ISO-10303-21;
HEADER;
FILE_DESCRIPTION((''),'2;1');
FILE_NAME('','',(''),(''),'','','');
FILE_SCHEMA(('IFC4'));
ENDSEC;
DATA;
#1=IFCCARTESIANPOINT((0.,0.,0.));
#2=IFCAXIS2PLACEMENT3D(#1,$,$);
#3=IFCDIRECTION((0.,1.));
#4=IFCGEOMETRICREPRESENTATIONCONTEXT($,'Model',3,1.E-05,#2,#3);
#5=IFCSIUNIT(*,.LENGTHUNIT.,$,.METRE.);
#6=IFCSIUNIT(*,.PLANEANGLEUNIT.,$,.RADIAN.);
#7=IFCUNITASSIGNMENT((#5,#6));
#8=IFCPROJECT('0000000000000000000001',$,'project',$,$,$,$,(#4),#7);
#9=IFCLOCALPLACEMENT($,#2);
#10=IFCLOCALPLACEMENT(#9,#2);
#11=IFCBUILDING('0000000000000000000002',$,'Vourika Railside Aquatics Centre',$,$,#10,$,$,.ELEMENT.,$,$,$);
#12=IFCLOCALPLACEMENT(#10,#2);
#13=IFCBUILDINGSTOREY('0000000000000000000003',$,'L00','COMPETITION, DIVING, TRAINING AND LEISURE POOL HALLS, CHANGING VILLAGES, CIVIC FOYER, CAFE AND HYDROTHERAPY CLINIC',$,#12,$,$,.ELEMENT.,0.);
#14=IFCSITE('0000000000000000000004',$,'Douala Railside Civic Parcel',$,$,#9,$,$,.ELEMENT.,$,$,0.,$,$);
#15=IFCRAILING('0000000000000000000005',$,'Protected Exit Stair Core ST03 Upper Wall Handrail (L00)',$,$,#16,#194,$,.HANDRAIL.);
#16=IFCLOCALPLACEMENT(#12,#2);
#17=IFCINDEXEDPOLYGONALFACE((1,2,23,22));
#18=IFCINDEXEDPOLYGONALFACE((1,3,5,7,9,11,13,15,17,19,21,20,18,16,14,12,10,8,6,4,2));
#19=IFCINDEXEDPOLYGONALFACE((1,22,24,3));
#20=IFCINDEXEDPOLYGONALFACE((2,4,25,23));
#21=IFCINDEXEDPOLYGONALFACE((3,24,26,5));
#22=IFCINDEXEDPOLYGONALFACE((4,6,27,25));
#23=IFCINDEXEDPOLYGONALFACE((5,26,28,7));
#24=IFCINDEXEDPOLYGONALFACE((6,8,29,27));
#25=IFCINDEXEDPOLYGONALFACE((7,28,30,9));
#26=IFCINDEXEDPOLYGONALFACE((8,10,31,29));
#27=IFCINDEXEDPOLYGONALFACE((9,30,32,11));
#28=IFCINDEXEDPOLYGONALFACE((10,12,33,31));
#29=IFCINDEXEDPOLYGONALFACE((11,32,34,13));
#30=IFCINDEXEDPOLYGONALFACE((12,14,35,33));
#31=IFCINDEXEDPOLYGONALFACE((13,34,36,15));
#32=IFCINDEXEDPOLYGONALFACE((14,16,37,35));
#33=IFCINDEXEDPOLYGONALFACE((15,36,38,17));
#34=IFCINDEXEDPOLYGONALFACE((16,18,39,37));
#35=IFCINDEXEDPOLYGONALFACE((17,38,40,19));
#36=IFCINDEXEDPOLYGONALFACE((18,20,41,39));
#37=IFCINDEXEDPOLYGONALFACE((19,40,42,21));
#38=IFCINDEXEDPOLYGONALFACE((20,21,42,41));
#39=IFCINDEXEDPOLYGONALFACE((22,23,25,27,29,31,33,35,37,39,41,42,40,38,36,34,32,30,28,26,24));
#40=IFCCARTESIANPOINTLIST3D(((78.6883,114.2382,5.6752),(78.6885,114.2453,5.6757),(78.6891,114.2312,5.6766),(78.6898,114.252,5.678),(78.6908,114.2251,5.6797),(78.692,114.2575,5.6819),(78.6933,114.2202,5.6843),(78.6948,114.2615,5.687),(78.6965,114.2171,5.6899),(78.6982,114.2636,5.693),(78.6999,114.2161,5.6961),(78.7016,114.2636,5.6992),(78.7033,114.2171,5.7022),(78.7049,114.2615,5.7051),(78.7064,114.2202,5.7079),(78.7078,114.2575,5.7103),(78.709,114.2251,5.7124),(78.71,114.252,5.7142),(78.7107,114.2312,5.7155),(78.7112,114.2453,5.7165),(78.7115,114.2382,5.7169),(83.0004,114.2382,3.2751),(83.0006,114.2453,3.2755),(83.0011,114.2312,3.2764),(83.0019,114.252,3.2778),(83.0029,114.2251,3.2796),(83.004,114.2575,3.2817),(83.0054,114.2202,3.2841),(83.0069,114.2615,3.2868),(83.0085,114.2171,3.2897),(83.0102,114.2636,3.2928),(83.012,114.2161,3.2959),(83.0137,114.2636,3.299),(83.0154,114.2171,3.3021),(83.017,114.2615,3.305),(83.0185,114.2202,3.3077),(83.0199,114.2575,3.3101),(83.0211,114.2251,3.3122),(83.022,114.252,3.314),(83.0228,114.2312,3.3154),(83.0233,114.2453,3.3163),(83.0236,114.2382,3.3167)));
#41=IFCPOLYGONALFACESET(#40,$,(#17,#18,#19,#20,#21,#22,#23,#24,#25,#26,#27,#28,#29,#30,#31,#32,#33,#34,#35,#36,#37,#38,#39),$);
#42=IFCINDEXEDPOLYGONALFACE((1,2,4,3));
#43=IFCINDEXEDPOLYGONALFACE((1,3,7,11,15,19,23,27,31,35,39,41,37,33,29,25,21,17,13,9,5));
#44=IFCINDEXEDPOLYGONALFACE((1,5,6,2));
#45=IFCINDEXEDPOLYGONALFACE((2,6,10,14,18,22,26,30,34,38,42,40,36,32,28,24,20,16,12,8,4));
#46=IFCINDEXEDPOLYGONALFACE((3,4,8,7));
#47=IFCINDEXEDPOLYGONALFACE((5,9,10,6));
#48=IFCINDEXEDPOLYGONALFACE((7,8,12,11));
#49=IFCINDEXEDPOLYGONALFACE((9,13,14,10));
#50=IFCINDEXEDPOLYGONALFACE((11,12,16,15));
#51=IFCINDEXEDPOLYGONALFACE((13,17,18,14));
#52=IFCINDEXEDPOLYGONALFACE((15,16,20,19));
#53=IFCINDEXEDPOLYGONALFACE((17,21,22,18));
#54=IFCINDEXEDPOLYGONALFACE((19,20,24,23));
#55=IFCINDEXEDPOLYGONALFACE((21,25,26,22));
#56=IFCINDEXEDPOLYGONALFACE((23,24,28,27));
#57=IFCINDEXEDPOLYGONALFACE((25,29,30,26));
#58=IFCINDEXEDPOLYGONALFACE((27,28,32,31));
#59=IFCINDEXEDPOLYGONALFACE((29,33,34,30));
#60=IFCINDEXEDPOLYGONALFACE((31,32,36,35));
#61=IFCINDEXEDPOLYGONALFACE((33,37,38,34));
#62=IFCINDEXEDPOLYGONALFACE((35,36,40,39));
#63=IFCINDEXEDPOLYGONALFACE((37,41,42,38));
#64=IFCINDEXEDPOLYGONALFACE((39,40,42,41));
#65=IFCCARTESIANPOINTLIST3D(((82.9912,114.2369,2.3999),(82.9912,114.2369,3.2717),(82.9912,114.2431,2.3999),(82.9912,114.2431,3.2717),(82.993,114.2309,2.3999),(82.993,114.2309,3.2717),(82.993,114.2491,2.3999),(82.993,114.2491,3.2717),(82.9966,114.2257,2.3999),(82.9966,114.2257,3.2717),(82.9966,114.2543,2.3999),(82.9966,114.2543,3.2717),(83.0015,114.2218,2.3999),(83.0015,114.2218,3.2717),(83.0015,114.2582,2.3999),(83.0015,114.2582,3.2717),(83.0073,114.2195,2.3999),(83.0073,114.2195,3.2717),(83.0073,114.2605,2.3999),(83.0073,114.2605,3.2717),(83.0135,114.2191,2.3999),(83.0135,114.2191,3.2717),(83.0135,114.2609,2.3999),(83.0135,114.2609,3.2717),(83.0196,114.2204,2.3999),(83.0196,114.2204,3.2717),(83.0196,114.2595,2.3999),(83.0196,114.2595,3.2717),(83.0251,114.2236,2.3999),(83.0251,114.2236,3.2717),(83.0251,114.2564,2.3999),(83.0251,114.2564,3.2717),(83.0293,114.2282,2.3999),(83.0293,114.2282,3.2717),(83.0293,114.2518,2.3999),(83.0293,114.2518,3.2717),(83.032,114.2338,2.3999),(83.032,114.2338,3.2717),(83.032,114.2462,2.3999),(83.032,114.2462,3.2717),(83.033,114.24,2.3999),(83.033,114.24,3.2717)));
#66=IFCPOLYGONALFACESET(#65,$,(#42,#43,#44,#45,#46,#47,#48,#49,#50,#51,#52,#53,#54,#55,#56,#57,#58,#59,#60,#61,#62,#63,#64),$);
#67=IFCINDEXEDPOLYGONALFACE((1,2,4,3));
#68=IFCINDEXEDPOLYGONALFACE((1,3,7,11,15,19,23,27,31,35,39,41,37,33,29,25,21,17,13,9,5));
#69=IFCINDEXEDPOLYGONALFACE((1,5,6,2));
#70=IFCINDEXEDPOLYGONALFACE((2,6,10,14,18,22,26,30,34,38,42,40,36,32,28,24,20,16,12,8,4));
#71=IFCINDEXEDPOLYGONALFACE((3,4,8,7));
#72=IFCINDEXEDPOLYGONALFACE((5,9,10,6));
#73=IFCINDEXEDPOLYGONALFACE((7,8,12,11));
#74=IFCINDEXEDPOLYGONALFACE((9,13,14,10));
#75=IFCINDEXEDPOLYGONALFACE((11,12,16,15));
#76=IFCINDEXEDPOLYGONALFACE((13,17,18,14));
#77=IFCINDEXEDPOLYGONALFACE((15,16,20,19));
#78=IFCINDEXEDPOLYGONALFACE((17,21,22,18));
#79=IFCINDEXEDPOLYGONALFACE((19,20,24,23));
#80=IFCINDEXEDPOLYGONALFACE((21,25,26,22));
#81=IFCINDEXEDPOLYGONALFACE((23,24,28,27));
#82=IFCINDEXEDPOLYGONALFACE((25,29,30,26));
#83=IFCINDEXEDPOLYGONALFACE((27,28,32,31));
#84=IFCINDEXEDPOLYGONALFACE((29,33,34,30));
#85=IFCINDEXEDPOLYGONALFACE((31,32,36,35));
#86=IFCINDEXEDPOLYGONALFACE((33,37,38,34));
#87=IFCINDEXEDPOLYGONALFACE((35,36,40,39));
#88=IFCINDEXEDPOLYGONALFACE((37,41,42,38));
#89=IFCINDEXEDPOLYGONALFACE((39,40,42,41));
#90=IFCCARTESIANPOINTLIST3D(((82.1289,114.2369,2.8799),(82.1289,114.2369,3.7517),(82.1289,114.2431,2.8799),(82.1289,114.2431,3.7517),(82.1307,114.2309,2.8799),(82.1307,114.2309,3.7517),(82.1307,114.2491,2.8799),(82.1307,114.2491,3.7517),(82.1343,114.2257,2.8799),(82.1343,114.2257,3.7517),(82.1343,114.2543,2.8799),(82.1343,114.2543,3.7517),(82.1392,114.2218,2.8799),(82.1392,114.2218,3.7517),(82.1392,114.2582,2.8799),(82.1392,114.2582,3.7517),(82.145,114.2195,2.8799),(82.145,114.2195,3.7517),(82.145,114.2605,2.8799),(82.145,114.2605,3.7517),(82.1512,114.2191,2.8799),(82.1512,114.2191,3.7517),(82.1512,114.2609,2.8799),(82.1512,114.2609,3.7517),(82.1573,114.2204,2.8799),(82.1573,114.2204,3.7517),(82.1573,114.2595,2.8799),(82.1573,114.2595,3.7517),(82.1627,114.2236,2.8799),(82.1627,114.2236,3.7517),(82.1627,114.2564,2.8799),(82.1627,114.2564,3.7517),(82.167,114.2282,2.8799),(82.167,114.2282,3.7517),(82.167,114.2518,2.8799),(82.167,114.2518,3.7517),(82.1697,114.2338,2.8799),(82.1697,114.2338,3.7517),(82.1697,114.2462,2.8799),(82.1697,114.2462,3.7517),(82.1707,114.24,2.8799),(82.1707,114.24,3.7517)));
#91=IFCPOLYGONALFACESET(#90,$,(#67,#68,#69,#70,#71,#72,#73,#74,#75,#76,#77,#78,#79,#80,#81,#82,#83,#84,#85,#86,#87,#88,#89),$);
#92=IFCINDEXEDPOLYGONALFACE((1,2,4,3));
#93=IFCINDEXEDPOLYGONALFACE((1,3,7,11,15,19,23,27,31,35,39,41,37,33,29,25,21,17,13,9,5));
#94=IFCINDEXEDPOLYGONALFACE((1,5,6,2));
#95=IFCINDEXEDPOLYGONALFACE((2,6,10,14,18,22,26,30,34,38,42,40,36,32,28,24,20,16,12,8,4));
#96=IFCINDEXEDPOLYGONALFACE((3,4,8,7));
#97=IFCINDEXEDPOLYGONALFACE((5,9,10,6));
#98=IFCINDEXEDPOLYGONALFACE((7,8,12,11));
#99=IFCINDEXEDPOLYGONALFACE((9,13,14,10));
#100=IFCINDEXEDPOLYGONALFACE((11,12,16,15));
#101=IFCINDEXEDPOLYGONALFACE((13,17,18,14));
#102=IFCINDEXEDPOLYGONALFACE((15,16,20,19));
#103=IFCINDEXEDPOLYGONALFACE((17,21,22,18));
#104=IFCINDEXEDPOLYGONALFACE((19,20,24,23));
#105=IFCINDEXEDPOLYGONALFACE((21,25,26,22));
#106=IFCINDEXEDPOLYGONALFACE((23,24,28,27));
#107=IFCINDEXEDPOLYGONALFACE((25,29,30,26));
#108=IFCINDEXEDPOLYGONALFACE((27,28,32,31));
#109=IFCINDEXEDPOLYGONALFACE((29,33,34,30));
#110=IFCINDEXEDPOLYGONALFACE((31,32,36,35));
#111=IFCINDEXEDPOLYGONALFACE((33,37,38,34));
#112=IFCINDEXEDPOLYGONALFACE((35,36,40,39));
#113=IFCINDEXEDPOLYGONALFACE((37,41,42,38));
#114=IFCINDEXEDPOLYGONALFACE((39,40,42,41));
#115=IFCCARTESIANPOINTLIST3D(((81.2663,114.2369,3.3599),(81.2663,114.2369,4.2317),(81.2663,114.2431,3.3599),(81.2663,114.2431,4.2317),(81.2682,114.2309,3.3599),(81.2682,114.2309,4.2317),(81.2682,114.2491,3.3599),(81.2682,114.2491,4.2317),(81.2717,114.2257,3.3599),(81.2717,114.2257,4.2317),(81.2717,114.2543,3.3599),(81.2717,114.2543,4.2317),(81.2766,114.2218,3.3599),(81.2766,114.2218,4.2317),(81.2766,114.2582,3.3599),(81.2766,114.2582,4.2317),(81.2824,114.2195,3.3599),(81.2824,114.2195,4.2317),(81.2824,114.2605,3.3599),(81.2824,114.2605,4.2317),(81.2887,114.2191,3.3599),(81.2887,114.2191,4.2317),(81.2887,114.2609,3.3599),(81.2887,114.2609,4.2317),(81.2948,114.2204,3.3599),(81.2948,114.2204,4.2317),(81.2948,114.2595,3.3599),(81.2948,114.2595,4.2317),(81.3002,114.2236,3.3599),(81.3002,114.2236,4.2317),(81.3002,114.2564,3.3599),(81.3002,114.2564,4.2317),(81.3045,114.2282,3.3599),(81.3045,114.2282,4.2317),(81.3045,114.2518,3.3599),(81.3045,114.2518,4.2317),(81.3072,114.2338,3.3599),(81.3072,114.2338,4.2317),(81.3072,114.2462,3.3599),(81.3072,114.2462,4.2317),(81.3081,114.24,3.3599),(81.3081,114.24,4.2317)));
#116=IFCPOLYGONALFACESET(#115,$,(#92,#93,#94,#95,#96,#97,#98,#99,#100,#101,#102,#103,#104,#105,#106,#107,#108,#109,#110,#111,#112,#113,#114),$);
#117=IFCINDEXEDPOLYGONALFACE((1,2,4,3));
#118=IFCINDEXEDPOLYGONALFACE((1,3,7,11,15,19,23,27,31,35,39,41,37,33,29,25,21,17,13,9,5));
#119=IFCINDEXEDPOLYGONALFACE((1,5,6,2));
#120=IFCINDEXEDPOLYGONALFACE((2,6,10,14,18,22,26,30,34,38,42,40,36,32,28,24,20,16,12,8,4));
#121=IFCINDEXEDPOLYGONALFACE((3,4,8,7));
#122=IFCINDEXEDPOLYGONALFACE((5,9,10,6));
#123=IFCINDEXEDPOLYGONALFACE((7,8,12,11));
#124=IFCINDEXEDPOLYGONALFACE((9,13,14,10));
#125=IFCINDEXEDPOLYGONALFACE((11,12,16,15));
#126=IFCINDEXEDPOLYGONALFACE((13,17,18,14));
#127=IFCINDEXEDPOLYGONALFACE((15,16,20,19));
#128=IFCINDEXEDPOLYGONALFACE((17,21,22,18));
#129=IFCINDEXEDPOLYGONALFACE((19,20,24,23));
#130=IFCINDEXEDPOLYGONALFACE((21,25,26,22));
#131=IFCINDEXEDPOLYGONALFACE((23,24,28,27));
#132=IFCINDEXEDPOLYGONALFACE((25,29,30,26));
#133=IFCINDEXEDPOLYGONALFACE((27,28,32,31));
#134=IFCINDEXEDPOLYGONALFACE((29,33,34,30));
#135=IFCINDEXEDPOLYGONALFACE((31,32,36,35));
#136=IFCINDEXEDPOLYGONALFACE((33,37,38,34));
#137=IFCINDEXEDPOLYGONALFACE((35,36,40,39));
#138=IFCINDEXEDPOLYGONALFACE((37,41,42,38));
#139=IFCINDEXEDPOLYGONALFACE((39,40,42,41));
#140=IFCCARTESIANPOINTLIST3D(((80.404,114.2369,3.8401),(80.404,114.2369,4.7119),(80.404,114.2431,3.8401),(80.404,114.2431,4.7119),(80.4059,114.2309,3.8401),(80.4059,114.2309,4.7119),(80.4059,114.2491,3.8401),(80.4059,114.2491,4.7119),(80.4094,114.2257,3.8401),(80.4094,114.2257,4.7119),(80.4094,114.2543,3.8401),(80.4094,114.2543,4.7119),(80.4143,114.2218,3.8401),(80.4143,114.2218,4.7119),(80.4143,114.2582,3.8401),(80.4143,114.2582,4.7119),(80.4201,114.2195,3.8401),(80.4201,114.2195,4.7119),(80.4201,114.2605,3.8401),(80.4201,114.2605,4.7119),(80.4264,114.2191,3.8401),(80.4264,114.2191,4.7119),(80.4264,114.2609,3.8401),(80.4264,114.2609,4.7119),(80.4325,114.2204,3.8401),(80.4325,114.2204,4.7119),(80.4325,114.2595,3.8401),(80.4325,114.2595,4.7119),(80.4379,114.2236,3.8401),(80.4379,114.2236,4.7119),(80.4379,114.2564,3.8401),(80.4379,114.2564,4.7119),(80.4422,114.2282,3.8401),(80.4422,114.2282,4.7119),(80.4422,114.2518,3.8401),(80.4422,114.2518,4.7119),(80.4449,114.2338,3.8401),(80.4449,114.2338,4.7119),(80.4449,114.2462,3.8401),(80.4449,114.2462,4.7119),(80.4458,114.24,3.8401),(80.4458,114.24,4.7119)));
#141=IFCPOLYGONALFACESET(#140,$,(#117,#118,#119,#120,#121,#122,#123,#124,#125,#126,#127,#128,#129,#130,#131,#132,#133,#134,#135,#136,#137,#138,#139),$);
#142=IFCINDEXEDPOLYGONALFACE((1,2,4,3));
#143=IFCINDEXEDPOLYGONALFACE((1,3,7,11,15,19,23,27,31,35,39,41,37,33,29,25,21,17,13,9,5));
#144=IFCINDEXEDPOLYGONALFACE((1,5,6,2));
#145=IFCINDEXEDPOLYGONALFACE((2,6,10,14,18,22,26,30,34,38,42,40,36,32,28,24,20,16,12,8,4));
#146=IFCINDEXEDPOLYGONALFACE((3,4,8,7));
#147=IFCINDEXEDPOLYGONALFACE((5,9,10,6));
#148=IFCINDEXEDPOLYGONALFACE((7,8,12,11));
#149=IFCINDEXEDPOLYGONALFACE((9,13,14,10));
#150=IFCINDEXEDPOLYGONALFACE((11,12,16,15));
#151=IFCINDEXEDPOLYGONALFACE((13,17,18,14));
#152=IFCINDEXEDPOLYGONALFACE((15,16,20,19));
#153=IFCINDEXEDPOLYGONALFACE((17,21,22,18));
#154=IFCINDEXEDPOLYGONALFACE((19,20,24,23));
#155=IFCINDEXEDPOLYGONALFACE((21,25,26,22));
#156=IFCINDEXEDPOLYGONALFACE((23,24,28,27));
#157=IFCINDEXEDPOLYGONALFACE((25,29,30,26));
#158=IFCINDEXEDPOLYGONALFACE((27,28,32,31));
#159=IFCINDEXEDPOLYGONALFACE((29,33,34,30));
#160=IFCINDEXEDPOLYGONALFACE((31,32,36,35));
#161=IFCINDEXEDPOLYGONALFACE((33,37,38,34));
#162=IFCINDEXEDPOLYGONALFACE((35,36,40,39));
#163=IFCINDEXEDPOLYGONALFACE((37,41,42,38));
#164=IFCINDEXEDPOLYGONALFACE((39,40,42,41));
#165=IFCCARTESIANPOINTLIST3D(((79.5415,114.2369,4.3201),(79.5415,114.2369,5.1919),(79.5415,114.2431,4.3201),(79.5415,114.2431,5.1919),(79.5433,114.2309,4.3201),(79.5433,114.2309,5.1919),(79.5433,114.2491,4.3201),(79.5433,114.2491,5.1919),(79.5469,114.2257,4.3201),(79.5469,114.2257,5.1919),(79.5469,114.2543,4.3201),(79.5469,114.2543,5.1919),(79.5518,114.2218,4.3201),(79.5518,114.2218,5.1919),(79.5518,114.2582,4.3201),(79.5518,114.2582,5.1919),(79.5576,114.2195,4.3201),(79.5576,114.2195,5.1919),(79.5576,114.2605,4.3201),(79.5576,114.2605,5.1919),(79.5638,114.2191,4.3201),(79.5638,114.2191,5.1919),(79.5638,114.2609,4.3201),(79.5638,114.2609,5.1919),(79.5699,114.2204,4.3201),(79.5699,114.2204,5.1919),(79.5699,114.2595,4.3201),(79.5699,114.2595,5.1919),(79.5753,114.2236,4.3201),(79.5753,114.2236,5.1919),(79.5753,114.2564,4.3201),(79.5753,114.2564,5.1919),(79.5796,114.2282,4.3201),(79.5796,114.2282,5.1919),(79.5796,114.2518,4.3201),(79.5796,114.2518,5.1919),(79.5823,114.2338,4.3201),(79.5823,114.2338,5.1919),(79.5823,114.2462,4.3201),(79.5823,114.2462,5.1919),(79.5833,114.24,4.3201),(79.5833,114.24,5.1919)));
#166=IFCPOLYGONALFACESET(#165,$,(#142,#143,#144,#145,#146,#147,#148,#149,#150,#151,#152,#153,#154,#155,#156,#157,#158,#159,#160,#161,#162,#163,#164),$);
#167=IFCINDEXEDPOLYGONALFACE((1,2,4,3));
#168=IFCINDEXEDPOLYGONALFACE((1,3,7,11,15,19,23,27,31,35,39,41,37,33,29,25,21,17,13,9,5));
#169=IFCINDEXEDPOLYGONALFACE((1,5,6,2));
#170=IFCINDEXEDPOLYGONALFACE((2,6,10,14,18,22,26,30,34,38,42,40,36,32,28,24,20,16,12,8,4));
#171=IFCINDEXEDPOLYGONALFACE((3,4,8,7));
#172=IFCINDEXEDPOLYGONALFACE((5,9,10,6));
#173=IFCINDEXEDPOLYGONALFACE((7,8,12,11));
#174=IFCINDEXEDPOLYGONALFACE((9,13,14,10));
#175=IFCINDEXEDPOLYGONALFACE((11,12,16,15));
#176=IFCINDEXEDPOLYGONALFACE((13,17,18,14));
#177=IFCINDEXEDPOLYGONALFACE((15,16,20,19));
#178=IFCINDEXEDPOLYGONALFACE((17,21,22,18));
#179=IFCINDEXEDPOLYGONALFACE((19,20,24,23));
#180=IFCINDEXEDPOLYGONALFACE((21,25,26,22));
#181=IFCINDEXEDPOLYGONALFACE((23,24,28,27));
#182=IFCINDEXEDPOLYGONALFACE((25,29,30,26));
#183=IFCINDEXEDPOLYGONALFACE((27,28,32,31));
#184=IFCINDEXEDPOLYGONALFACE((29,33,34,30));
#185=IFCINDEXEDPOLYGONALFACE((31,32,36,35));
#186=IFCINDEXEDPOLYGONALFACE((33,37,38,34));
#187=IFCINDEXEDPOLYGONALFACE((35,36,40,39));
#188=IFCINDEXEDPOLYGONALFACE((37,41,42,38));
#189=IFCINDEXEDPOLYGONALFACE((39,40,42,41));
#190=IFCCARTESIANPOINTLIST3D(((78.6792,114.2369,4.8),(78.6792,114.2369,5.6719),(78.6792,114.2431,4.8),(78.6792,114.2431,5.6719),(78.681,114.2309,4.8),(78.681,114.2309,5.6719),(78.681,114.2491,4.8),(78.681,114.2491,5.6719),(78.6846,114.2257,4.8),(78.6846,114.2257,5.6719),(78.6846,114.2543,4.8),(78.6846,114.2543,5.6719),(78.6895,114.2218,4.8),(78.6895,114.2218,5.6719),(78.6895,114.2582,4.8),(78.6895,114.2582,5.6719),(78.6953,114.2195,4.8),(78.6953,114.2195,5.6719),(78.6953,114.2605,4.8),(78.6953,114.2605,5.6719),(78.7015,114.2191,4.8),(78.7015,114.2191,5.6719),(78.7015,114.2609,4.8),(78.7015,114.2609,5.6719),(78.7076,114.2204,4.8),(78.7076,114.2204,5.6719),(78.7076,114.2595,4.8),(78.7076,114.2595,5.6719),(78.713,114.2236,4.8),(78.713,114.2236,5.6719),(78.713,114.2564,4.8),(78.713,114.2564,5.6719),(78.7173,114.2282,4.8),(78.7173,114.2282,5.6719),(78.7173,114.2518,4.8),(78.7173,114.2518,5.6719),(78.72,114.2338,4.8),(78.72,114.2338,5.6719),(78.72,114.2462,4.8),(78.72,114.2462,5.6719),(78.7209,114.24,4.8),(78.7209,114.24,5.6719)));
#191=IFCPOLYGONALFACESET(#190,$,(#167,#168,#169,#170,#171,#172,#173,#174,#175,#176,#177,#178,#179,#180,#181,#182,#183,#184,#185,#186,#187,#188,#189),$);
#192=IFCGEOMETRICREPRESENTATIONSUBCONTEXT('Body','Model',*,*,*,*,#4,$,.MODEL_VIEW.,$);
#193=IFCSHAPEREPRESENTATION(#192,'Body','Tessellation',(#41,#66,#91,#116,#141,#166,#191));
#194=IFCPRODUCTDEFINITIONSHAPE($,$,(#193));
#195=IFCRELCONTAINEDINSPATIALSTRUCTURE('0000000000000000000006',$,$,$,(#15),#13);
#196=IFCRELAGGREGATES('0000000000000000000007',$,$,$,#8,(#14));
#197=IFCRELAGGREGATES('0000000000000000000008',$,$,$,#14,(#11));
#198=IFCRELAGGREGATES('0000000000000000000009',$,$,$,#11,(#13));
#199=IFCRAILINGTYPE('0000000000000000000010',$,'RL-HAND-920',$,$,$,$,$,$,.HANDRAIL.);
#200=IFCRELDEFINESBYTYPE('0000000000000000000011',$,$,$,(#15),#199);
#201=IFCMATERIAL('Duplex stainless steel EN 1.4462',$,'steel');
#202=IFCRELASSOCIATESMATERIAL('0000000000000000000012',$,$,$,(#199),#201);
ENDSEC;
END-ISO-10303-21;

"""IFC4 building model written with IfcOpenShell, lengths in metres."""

from ifc_helpers import new_model, si_unit, direction, frame, origin, origin_2d, place, context, subcontext, project, spatial, circle, extrude, material, type_object, element, save


model = new_model("IFC4")

# Units and contexts
model_context = context("Model", 3, precision=1e-05, world=origin(), true_north=direction((0.0, 1.0)))
body_context = subcontext(model_context, "Body", "Model", "MODEL_VIEW")
ifc_project = project(units=[si_unit("LENGTHUNIT", "METRE"), si_unit("PLANEANGLEUNIT", "RADIAN")], contexts=[model_context])

# Site, building, storey
site_placement = place(None, origin())
site = spatial("IfcSite", under=ifc_project, at=site_placement, Name="Douala Railside Civic Parcel", CompositionType="ELEMENT", RefElevation=0.0)
building_placement = place(site_placement, origin())
building = spatial("IfcBuilding", under=site, at=building_placement, Name="Vourika Railside Aquatics Centre", CompositionType="ELEMENT")
storey_placement = place(building_placement, origin())
storey = spatial("IfcBuildingStorey", under=building, at=storey_placement, Name="L00", Description="COMPETITION, DIVING, TRAINING AND LEISURE POOL HALLS, CHANGING VILLAGES, CIVIC FOYER, CAFE AND HYDROTHERAPY CLINIC", CompositionType="ELEMENT", Elevation=0.0)

# Railing
ifc_material_1 = material(Name="Duplex stainless steel EN 1.4462", Category="steel")
railing_type_1 = type_object("IfcRailingType", Name="RL-HAND-920", PredefinedType="HANDRAIL", material=ifc_material_1)
railing_1_placement = place(storey_placement, frame((83.012, 114.24, 2.3999)))
element("IfcRailing", 1, at=railing_1_placement, inside=storey, type_object=railing_type_1, Name="Protected Exit Stair Core ST03 Upper Wall Handrail (L00)", PredefinedType="HANDRAIL", context=body_context, shape_type="SweptSolid", body=[
    extrude(circle(Radius=0.0239, at=origin_2d()), frame((0.0, 0.0, 0.896), z_axis=(-0.873763, 0.0, 0.486353), x_axis=(0.0, -1.0, 0.0)), (0.0, 0.0, 1.0), 4.9351),
    extrude(circle(Radius=0.021, at=origin_2d()), origin(), (0.0, 0.0, 1.0), 0.8718),
    extrude(circle(Radius=0.021, at=origin_2d()), frame((-0.8623, 0.0, 0.48)), (0.0, 0.0, 1.0), 0.8718),
    extrude(circle(Radius=0.021, at=origin_2d()), frame((-1.7249, 0.0, 0.96)), (0.0, 0.0, 1.0), 0.8718),
    extrude(circle(Radius=0.021, at=origin_2d()), frame((-2.5872, 0.0, 1.4402)), (0.0, 0.0, 1.0), 0.8718),
    extrude(circle(Radius=0.021, at=origin_2d()), frame((-3.4497, 0.0, 1.9202)), (0.0, 0.0, 1.0), 0.8718),
    extrude(circle(Radius=0.021, at=origin_2d()), frame((-4.312, 0.0, 2.4001)), (0.0, 0.0, 1.0), 0.8718),
])

save(model, "model.ifc")
